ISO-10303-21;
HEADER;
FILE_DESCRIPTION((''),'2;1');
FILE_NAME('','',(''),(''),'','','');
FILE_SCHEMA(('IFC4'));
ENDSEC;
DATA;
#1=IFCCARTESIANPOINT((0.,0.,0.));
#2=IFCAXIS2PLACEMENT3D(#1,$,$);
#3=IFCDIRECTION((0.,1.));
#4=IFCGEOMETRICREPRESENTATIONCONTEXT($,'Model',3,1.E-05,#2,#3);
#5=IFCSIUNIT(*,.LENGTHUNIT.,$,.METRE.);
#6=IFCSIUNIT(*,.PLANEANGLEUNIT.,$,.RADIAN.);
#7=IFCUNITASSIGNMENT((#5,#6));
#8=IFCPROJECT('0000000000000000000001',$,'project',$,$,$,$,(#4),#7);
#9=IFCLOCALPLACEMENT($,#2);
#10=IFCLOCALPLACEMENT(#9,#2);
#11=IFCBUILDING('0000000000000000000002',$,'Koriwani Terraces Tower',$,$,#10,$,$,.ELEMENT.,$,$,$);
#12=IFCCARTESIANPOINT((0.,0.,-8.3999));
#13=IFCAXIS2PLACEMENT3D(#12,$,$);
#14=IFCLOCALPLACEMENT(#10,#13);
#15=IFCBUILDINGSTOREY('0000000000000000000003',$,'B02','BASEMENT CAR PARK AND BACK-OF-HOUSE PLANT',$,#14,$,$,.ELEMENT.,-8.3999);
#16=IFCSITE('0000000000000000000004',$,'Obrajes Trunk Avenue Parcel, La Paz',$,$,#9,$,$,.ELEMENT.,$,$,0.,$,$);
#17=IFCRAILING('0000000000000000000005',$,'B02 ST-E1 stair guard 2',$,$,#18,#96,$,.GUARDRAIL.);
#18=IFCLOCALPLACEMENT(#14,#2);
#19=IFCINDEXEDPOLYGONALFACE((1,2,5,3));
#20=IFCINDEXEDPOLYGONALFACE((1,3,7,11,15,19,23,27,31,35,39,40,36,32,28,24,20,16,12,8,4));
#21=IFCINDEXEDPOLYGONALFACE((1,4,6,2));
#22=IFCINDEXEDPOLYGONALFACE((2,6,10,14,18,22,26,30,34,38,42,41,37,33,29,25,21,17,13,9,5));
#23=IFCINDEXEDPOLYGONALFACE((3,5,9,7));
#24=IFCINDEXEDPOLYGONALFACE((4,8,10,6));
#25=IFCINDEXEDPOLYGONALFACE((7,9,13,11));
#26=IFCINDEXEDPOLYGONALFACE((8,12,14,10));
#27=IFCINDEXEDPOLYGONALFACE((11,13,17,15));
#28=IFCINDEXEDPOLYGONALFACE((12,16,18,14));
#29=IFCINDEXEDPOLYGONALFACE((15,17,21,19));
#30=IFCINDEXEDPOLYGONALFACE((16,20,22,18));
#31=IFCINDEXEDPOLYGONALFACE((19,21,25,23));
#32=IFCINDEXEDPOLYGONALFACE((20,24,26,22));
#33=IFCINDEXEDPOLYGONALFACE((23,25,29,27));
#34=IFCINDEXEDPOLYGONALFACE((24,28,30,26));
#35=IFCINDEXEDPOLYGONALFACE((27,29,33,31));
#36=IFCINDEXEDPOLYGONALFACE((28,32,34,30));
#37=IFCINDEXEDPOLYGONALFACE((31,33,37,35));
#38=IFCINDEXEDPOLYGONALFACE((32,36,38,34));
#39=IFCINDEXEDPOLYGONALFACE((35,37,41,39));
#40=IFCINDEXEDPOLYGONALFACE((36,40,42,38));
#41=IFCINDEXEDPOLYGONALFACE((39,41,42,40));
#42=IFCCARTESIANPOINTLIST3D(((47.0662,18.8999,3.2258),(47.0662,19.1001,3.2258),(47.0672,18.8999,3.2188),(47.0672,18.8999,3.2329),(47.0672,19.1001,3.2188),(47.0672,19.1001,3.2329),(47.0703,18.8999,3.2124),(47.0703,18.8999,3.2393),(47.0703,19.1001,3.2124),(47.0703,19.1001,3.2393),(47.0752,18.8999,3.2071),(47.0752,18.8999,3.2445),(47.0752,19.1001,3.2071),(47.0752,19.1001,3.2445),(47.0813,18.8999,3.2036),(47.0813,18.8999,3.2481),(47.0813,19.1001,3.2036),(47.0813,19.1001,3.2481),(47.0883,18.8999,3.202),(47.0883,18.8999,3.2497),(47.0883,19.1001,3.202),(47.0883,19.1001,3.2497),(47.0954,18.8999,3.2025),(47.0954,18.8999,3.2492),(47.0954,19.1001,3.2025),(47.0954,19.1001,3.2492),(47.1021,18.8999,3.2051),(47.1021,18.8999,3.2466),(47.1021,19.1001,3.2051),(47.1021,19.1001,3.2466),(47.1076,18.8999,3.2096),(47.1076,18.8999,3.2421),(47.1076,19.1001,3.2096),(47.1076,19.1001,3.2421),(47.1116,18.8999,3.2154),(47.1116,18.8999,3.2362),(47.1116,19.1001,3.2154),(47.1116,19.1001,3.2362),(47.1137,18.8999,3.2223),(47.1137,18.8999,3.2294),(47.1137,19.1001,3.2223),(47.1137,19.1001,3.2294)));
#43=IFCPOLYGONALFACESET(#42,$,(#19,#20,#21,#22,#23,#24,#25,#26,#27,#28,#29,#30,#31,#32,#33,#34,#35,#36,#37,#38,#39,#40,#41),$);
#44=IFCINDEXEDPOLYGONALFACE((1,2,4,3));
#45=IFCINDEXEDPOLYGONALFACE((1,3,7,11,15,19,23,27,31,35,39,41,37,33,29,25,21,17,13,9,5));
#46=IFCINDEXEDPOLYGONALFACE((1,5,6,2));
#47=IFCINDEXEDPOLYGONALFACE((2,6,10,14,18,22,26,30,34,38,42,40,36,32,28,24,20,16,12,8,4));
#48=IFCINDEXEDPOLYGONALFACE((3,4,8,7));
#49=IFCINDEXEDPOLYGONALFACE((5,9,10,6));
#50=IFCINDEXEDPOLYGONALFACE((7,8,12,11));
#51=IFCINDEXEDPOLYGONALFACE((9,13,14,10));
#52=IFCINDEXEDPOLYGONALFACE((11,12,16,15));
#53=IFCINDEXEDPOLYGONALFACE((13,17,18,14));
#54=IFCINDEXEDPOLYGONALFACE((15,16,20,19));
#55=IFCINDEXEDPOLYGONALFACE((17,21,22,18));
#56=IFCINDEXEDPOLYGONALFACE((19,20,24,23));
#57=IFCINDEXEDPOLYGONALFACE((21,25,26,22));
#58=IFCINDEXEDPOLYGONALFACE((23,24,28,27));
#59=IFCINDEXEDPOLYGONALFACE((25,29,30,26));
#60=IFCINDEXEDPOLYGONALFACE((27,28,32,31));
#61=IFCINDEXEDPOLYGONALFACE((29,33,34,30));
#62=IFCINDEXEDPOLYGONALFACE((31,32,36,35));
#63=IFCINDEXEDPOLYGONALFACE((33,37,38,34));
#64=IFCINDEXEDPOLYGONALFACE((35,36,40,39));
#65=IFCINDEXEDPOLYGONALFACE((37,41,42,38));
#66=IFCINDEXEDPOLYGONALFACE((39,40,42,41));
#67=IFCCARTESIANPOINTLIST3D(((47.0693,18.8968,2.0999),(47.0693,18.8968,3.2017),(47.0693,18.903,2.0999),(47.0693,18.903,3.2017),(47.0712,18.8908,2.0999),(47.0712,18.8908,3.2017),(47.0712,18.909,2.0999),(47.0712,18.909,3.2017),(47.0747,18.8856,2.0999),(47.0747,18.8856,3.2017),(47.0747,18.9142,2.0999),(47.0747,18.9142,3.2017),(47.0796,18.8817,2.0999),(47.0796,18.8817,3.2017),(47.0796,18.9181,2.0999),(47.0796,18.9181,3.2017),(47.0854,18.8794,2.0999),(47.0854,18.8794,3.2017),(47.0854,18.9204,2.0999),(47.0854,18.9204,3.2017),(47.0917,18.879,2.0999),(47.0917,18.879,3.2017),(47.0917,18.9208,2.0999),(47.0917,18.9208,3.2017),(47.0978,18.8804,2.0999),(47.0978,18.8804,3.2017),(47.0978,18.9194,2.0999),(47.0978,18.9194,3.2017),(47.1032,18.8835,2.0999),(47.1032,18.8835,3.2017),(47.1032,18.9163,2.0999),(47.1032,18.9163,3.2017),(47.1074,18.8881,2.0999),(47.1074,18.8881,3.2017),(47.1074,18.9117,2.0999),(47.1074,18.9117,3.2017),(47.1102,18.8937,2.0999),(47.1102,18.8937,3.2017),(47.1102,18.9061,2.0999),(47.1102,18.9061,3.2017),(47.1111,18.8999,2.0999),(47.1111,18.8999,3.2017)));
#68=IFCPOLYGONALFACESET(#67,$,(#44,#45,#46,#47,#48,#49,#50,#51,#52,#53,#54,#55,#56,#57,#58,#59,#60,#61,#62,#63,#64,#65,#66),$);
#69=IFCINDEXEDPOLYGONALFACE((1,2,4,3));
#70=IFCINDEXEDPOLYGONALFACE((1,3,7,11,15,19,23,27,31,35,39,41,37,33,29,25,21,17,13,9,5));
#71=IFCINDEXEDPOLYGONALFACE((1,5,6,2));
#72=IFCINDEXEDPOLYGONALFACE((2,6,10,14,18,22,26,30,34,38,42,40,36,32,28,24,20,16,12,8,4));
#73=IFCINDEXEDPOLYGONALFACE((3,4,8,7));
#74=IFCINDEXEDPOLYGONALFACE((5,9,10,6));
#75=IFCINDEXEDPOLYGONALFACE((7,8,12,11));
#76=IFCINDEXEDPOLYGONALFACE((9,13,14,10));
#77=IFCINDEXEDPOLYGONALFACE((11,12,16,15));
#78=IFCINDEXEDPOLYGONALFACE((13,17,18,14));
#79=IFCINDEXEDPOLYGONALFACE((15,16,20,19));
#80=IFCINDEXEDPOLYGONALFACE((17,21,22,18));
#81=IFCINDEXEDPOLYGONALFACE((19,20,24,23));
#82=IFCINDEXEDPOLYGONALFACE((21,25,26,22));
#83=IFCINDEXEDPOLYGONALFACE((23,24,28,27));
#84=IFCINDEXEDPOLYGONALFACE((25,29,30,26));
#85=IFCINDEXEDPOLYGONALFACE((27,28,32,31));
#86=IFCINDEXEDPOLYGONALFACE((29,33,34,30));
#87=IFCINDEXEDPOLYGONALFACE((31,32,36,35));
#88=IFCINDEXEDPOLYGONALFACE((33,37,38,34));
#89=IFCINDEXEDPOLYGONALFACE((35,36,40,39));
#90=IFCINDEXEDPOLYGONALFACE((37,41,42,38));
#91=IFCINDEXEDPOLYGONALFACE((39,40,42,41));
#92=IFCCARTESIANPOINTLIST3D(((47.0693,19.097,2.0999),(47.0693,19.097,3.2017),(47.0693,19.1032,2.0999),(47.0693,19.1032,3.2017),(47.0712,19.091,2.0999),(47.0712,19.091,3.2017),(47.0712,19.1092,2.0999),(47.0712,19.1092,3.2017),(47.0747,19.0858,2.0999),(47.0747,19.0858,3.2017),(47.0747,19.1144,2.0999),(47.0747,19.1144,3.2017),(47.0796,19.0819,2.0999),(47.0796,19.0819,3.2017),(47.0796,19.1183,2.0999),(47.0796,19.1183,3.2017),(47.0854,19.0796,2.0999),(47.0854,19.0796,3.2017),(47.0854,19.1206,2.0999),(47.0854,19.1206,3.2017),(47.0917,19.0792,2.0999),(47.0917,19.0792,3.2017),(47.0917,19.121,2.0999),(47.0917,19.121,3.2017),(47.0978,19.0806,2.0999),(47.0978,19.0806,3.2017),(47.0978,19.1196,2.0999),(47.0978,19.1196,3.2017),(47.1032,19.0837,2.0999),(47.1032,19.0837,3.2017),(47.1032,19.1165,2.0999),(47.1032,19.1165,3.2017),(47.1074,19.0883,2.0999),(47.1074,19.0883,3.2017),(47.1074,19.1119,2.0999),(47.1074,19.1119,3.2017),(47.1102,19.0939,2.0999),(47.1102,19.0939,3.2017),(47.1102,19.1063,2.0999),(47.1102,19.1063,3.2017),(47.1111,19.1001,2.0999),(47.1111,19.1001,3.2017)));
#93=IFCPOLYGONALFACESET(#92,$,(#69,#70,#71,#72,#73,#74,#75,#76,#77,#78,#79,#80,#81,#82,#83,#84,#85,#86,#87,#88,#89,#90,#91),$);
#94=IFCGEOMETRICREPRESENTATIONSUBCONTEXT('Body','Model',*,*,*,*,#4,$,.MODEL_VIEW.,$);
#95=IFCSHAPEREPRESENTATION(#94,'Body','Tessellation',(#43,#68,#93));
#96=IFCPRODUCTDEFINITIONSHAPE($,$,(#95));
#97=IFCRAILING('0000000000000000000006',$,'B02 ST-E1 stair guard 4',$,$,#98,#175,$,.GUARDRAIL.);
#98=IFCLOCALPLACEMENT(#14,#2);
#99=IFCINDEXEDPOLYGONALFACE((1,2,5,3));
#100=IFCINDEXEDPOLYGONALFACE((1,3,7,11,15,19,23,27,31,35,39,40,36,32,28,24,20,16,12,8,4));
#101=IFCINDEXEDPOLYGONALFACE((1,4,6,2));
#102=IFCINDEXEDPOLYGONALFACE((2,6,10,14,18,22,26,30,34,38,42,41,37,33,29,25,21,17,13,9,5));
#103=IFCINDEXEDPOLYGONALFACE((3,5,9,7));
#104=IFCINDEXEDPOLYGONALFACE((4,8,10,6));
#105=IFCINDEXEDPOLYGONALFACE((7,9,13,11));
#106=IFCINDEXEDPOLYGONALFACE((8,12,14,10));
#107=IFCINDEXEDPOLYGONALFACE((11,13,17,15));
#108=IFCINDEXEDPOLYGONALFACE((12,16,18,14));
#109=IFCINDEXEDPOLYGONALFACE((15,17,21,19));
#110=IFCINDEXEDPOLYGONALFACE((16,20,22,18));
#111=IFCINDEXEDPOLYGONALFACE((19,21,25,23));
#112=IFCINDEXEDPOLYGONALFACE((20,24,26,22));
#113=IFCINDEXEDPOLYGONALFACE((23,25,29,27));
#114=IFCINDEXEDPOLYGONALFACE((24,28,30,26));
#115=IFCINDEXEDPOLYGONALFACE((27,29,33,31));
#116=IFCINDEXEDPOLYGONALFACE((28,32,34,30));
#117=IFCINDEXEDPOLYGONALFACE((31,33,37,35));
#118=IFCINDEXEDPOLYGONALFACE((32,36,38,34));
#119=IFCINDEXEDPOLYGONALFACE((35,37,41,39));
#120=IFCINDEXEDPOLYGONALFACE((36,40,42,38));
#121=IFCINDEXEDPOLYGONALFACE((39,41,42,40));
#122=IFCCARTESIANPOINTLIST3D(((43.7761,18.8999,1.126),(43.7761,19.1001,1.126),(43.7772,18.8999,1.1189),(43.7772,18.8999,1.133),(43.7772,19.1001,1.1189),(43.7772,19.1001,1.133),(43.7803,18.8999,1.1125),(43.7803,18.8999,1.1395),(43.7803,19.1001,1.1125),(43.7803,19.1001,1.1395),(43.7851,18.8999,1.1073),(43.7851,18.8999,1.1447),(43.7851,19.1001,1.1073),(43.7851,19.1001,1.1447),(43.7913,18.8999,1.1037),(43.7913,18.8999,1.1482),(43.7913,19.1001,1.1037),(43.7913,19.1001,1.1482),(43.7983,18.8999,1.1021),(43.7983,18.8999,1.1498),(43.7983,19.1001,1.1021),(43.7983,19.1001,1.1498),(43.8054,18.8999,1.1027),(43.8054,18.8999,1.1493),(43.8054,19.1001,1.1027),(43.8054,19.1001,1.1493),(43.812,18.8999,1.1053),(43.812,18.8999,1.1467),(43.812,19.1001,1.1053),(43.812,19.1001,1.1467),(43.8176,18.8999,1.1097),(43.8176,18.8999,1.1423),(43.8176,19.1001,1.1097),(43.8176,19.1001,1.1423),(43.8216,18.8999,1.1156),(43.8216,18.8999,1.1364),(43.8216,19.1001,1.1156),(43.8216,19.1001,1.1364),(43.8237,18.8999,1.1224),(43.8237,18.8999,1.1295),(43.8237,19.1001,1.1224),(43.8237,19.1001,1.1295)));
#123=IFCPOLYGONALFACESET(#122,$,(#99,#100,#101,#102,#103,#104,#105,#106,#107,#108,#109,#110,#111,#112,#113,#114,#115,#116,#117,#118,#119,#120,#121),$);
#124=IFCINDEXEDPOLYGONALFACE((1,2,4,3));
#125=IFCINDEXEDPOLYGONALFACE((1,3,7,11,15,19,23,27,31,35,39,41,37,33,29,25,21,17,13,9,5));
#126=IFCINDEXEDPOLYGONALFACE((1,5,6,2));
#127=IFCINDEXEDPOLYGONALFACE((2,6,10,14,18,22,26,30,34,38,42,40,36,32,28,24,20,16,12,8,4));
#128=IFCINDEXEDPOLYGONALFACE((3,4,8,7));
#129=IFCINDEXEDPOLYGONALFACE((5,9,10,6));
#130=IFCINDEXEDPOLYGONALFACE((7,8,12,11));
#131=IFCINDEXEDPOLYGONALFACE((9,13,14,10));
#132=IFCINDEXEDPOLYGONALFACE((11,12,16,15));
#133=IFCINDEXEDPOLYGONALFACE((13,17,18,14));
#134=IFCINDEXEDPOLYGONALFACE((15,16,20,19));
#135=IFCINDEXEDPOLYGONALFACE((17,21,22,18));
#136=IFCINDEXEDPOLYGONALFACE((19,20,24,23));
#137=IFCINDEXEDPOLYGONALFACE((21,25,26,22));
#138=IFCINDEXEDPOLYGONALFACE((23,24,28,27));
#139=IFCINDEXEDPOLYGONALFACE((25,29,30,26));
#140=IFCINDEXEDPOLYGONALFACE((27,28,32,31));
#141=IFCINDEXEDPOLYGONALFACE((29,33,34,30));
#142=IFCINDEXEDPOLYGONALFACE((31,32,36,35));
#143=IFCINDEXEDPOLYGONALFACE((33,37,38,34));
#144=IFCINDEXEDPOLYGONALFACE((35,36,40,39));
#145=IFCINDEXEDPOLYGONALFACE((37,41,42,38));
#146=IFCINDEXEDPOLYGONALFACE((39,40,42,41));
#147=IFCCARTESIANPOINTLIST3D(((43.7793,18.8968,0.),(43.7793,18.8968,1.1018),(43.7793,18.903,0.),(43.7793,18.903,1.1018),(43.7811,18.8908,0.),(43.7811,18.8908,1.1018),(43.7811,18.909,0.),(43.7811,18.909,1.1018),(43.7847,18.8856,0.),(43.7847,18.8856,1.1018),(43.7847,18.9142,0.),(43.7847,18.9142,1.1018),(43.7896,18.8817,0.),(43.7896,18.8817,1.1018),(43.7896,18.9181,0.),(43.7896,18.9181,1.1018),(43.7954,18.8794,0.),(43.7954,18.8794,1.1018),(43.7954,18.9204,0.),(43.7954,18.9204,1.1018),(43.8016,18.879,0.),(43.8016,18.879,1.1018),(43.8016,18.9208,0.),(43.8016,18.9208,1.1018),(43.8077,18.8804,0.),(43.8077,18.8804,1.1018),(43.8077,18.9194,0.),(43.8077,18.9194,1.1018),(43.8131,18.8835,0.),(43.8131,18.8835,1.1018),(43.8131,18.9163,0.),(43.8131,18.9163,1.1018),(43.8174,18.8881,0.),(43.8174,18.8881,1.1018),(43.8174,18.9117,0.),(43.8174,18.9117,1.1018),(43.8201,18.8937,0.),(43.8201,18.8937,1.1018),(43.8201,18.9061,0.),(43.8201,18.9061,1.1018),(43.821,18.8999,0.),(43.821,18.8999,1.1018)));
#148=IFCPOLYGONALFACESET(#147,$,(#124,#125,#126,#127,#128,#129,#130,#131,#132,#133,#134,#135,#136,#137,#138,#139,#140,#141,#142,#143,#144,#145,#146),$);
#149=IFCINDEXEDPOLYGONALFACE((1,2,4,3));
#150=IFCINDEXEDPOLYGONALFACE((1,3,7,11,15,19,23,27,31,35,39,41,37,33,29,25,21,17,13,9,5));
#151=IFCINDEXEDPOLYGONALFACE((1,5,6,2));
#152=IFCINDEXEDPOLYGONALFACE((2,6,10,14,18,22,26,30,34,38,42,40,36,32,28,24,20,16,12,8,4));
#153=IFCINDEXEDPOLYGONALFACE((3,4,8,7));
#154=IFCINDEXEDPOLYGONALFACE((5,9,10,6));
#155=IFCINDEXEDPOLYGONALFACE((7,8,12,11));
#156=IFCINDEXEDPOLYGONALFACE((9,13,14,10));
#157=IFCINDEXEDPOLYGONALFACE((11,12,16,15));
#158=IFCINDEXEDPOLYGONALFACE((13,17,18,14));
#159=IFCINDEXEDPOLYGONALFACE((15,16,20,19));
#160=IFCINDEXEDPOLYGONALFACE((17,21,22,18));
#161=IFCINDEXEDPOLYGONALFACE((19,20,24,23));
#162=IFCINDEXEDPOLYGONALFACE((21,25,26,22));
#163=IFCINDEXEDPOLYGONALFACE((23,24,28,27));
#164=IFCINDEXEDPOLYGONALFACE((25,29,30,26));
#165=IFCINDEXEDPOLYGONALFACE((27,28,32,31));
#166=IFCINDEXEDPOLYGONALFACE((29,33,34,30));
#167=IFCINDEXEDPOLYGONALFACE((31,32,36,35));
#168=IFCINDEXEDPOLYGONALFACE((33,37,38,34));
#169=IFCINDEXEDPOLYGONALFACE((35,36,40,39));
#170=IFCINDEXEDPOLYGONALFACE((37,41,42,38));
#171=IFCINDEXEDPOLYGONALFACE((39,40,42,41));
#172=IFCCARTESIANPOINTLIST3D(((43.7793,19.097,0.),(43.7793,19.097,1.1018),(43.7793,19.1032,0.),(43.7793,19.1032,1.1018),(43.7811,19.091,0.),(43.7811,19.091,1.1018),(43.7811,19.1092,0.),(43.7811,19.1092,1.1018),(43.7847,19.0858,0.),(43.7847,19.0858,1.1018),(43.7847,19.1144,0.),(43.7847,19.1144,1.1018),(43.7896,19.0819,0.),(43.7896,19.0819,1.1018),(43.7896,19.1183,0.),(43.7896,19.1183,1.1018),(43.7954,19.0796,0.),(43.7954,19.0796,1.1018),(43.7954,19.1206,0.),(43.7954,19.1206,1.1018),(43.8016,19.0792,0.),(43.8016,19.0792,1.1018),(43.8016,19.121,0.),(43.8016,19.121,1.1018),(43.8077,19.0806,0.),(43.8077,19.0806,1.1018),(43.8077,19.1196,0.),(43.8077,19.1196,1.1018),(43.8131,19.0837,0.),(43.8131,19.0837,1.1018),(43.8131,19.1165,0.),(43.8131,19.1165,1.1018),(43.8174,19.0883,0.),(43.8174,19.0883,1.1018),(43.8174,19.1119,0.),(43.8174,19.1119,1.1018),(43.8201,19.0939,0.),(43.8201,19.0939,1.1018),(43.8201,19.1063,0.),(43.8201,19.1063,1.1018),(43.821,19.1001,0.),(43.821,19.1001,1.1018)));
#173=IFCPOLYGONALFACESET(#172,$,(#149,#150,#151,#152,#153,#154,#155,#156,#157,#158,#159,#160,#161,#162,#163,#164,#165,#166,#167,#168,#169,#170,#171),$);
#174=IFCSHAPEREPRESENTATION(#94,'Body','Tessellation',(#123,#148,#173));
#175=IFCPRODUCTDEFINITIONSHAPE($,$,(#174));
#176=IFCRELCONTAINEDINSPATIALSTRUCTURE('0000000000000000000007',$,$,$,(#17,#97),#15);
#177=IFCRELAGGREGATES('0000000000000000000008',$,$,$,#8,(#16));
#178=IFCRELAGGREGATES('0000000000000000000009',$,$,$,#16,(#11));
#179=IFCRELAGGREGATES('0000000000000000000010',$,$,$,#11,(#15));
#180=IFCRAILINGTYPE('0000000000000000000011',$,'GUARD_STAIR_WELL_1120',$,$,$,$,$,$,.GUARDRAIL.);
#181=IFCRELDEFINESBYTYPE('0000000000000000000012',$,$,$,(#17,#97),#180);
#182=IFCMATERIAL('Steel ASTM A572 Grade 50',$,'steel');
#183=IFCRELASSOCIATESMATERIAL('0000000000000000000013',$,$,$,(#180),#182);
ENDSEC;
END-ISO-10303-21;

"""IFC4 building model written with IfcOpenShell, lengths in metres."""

from ifc_helpers import new_model, si_unit, direction, frame, origin, origin_2d, place, context, subcontext, project, spatial, circle, extrude, material, type_object, element, save


model = new_model("IFC4")

# Units and contexts
model_context = context("Model", 3, precision=1e-05, world=origin(), true_north=direction((0.0, 1.0)))
body_context = subcontext(model_context, "Body", "Model", "MODEL_VIEW")
ifc_project = project(units=[si_unit("LENGTHUNIT", "METRE"), si_unit("PLANEANGLEUNIT", "RADIAN")], contexts=[model_context])

# Site, building, storey
site_placement = place(None, origin())
site = spatial("IfcSite", under=ifc_project, at=site_placement, Name="Obrajes Trunk Avenue Parcel, La Paz", CompositionType="ELEMENT", RefElevation=0.0)
building_placement = place(site_placement, origin())
building = spatial("IfcBuilding", under=site, at=building_placement, Name="Koriwani Terraces Tower", CompositionType="ELEMENT")
storey_placement = place(building_placement, frame((0.0, 0.0, -8.3999)))
storey = spatial("IfcBuildingStorey", under=building, at=storey_placement, Name="B02", Description="BASEMENT CAR PARK AND BACK-OF-HOUSE PLANT", CompositionType="ELEMENT", Elevation=-8.3999)

# Shared definitions
ifc_material_1 = material(Name="Steel ASTM A572 Grade 50", Category="steel")

# Railings
railing_type_1 = type_object("IfcRailingType", Name="GUARD_STAIR_WELL_1120", PredefinedType="GUARDRAIL", material=ifc_material_1)
for number, where, name in (
    (1, (47.0901, 18.8999, 2.0999), "B02 ST-E1 stair guard 2"),
    (2, (43.8, 18.8999, 0.0), "B02 ST-E1 stair guard 4"),
):
    element("IfcRailing", number, at=place(storey_placement, frame(where)), inside=storey, type_object=railing_type_1, Name=name, PredefinedType="GUARDRAIL", context=body_context, shape_type="SweptSolid", body=[
        extrude(circle(Radius=0.0239, at=origin_2d()), frame((0.0, 0.0, 1.126), z_axis=(0.0, 1.0, 0.0), x_axis=(-1.0, 0.0, 0.0)), (0.0, 0.0, 1.0), 0.2002),
        extrude(circle(Radius=0.021, at=origin_2d()), origin(), (0.0, 0.0, 1.0), 1.1018),
        extrude(circle(Radius=0.021, at=origin_2d()), frame((0.0, 0.2002, 0.0)), (0.0, 0.0, 1.0), 1.1018),
    ])

save(model, "model.ifc")
